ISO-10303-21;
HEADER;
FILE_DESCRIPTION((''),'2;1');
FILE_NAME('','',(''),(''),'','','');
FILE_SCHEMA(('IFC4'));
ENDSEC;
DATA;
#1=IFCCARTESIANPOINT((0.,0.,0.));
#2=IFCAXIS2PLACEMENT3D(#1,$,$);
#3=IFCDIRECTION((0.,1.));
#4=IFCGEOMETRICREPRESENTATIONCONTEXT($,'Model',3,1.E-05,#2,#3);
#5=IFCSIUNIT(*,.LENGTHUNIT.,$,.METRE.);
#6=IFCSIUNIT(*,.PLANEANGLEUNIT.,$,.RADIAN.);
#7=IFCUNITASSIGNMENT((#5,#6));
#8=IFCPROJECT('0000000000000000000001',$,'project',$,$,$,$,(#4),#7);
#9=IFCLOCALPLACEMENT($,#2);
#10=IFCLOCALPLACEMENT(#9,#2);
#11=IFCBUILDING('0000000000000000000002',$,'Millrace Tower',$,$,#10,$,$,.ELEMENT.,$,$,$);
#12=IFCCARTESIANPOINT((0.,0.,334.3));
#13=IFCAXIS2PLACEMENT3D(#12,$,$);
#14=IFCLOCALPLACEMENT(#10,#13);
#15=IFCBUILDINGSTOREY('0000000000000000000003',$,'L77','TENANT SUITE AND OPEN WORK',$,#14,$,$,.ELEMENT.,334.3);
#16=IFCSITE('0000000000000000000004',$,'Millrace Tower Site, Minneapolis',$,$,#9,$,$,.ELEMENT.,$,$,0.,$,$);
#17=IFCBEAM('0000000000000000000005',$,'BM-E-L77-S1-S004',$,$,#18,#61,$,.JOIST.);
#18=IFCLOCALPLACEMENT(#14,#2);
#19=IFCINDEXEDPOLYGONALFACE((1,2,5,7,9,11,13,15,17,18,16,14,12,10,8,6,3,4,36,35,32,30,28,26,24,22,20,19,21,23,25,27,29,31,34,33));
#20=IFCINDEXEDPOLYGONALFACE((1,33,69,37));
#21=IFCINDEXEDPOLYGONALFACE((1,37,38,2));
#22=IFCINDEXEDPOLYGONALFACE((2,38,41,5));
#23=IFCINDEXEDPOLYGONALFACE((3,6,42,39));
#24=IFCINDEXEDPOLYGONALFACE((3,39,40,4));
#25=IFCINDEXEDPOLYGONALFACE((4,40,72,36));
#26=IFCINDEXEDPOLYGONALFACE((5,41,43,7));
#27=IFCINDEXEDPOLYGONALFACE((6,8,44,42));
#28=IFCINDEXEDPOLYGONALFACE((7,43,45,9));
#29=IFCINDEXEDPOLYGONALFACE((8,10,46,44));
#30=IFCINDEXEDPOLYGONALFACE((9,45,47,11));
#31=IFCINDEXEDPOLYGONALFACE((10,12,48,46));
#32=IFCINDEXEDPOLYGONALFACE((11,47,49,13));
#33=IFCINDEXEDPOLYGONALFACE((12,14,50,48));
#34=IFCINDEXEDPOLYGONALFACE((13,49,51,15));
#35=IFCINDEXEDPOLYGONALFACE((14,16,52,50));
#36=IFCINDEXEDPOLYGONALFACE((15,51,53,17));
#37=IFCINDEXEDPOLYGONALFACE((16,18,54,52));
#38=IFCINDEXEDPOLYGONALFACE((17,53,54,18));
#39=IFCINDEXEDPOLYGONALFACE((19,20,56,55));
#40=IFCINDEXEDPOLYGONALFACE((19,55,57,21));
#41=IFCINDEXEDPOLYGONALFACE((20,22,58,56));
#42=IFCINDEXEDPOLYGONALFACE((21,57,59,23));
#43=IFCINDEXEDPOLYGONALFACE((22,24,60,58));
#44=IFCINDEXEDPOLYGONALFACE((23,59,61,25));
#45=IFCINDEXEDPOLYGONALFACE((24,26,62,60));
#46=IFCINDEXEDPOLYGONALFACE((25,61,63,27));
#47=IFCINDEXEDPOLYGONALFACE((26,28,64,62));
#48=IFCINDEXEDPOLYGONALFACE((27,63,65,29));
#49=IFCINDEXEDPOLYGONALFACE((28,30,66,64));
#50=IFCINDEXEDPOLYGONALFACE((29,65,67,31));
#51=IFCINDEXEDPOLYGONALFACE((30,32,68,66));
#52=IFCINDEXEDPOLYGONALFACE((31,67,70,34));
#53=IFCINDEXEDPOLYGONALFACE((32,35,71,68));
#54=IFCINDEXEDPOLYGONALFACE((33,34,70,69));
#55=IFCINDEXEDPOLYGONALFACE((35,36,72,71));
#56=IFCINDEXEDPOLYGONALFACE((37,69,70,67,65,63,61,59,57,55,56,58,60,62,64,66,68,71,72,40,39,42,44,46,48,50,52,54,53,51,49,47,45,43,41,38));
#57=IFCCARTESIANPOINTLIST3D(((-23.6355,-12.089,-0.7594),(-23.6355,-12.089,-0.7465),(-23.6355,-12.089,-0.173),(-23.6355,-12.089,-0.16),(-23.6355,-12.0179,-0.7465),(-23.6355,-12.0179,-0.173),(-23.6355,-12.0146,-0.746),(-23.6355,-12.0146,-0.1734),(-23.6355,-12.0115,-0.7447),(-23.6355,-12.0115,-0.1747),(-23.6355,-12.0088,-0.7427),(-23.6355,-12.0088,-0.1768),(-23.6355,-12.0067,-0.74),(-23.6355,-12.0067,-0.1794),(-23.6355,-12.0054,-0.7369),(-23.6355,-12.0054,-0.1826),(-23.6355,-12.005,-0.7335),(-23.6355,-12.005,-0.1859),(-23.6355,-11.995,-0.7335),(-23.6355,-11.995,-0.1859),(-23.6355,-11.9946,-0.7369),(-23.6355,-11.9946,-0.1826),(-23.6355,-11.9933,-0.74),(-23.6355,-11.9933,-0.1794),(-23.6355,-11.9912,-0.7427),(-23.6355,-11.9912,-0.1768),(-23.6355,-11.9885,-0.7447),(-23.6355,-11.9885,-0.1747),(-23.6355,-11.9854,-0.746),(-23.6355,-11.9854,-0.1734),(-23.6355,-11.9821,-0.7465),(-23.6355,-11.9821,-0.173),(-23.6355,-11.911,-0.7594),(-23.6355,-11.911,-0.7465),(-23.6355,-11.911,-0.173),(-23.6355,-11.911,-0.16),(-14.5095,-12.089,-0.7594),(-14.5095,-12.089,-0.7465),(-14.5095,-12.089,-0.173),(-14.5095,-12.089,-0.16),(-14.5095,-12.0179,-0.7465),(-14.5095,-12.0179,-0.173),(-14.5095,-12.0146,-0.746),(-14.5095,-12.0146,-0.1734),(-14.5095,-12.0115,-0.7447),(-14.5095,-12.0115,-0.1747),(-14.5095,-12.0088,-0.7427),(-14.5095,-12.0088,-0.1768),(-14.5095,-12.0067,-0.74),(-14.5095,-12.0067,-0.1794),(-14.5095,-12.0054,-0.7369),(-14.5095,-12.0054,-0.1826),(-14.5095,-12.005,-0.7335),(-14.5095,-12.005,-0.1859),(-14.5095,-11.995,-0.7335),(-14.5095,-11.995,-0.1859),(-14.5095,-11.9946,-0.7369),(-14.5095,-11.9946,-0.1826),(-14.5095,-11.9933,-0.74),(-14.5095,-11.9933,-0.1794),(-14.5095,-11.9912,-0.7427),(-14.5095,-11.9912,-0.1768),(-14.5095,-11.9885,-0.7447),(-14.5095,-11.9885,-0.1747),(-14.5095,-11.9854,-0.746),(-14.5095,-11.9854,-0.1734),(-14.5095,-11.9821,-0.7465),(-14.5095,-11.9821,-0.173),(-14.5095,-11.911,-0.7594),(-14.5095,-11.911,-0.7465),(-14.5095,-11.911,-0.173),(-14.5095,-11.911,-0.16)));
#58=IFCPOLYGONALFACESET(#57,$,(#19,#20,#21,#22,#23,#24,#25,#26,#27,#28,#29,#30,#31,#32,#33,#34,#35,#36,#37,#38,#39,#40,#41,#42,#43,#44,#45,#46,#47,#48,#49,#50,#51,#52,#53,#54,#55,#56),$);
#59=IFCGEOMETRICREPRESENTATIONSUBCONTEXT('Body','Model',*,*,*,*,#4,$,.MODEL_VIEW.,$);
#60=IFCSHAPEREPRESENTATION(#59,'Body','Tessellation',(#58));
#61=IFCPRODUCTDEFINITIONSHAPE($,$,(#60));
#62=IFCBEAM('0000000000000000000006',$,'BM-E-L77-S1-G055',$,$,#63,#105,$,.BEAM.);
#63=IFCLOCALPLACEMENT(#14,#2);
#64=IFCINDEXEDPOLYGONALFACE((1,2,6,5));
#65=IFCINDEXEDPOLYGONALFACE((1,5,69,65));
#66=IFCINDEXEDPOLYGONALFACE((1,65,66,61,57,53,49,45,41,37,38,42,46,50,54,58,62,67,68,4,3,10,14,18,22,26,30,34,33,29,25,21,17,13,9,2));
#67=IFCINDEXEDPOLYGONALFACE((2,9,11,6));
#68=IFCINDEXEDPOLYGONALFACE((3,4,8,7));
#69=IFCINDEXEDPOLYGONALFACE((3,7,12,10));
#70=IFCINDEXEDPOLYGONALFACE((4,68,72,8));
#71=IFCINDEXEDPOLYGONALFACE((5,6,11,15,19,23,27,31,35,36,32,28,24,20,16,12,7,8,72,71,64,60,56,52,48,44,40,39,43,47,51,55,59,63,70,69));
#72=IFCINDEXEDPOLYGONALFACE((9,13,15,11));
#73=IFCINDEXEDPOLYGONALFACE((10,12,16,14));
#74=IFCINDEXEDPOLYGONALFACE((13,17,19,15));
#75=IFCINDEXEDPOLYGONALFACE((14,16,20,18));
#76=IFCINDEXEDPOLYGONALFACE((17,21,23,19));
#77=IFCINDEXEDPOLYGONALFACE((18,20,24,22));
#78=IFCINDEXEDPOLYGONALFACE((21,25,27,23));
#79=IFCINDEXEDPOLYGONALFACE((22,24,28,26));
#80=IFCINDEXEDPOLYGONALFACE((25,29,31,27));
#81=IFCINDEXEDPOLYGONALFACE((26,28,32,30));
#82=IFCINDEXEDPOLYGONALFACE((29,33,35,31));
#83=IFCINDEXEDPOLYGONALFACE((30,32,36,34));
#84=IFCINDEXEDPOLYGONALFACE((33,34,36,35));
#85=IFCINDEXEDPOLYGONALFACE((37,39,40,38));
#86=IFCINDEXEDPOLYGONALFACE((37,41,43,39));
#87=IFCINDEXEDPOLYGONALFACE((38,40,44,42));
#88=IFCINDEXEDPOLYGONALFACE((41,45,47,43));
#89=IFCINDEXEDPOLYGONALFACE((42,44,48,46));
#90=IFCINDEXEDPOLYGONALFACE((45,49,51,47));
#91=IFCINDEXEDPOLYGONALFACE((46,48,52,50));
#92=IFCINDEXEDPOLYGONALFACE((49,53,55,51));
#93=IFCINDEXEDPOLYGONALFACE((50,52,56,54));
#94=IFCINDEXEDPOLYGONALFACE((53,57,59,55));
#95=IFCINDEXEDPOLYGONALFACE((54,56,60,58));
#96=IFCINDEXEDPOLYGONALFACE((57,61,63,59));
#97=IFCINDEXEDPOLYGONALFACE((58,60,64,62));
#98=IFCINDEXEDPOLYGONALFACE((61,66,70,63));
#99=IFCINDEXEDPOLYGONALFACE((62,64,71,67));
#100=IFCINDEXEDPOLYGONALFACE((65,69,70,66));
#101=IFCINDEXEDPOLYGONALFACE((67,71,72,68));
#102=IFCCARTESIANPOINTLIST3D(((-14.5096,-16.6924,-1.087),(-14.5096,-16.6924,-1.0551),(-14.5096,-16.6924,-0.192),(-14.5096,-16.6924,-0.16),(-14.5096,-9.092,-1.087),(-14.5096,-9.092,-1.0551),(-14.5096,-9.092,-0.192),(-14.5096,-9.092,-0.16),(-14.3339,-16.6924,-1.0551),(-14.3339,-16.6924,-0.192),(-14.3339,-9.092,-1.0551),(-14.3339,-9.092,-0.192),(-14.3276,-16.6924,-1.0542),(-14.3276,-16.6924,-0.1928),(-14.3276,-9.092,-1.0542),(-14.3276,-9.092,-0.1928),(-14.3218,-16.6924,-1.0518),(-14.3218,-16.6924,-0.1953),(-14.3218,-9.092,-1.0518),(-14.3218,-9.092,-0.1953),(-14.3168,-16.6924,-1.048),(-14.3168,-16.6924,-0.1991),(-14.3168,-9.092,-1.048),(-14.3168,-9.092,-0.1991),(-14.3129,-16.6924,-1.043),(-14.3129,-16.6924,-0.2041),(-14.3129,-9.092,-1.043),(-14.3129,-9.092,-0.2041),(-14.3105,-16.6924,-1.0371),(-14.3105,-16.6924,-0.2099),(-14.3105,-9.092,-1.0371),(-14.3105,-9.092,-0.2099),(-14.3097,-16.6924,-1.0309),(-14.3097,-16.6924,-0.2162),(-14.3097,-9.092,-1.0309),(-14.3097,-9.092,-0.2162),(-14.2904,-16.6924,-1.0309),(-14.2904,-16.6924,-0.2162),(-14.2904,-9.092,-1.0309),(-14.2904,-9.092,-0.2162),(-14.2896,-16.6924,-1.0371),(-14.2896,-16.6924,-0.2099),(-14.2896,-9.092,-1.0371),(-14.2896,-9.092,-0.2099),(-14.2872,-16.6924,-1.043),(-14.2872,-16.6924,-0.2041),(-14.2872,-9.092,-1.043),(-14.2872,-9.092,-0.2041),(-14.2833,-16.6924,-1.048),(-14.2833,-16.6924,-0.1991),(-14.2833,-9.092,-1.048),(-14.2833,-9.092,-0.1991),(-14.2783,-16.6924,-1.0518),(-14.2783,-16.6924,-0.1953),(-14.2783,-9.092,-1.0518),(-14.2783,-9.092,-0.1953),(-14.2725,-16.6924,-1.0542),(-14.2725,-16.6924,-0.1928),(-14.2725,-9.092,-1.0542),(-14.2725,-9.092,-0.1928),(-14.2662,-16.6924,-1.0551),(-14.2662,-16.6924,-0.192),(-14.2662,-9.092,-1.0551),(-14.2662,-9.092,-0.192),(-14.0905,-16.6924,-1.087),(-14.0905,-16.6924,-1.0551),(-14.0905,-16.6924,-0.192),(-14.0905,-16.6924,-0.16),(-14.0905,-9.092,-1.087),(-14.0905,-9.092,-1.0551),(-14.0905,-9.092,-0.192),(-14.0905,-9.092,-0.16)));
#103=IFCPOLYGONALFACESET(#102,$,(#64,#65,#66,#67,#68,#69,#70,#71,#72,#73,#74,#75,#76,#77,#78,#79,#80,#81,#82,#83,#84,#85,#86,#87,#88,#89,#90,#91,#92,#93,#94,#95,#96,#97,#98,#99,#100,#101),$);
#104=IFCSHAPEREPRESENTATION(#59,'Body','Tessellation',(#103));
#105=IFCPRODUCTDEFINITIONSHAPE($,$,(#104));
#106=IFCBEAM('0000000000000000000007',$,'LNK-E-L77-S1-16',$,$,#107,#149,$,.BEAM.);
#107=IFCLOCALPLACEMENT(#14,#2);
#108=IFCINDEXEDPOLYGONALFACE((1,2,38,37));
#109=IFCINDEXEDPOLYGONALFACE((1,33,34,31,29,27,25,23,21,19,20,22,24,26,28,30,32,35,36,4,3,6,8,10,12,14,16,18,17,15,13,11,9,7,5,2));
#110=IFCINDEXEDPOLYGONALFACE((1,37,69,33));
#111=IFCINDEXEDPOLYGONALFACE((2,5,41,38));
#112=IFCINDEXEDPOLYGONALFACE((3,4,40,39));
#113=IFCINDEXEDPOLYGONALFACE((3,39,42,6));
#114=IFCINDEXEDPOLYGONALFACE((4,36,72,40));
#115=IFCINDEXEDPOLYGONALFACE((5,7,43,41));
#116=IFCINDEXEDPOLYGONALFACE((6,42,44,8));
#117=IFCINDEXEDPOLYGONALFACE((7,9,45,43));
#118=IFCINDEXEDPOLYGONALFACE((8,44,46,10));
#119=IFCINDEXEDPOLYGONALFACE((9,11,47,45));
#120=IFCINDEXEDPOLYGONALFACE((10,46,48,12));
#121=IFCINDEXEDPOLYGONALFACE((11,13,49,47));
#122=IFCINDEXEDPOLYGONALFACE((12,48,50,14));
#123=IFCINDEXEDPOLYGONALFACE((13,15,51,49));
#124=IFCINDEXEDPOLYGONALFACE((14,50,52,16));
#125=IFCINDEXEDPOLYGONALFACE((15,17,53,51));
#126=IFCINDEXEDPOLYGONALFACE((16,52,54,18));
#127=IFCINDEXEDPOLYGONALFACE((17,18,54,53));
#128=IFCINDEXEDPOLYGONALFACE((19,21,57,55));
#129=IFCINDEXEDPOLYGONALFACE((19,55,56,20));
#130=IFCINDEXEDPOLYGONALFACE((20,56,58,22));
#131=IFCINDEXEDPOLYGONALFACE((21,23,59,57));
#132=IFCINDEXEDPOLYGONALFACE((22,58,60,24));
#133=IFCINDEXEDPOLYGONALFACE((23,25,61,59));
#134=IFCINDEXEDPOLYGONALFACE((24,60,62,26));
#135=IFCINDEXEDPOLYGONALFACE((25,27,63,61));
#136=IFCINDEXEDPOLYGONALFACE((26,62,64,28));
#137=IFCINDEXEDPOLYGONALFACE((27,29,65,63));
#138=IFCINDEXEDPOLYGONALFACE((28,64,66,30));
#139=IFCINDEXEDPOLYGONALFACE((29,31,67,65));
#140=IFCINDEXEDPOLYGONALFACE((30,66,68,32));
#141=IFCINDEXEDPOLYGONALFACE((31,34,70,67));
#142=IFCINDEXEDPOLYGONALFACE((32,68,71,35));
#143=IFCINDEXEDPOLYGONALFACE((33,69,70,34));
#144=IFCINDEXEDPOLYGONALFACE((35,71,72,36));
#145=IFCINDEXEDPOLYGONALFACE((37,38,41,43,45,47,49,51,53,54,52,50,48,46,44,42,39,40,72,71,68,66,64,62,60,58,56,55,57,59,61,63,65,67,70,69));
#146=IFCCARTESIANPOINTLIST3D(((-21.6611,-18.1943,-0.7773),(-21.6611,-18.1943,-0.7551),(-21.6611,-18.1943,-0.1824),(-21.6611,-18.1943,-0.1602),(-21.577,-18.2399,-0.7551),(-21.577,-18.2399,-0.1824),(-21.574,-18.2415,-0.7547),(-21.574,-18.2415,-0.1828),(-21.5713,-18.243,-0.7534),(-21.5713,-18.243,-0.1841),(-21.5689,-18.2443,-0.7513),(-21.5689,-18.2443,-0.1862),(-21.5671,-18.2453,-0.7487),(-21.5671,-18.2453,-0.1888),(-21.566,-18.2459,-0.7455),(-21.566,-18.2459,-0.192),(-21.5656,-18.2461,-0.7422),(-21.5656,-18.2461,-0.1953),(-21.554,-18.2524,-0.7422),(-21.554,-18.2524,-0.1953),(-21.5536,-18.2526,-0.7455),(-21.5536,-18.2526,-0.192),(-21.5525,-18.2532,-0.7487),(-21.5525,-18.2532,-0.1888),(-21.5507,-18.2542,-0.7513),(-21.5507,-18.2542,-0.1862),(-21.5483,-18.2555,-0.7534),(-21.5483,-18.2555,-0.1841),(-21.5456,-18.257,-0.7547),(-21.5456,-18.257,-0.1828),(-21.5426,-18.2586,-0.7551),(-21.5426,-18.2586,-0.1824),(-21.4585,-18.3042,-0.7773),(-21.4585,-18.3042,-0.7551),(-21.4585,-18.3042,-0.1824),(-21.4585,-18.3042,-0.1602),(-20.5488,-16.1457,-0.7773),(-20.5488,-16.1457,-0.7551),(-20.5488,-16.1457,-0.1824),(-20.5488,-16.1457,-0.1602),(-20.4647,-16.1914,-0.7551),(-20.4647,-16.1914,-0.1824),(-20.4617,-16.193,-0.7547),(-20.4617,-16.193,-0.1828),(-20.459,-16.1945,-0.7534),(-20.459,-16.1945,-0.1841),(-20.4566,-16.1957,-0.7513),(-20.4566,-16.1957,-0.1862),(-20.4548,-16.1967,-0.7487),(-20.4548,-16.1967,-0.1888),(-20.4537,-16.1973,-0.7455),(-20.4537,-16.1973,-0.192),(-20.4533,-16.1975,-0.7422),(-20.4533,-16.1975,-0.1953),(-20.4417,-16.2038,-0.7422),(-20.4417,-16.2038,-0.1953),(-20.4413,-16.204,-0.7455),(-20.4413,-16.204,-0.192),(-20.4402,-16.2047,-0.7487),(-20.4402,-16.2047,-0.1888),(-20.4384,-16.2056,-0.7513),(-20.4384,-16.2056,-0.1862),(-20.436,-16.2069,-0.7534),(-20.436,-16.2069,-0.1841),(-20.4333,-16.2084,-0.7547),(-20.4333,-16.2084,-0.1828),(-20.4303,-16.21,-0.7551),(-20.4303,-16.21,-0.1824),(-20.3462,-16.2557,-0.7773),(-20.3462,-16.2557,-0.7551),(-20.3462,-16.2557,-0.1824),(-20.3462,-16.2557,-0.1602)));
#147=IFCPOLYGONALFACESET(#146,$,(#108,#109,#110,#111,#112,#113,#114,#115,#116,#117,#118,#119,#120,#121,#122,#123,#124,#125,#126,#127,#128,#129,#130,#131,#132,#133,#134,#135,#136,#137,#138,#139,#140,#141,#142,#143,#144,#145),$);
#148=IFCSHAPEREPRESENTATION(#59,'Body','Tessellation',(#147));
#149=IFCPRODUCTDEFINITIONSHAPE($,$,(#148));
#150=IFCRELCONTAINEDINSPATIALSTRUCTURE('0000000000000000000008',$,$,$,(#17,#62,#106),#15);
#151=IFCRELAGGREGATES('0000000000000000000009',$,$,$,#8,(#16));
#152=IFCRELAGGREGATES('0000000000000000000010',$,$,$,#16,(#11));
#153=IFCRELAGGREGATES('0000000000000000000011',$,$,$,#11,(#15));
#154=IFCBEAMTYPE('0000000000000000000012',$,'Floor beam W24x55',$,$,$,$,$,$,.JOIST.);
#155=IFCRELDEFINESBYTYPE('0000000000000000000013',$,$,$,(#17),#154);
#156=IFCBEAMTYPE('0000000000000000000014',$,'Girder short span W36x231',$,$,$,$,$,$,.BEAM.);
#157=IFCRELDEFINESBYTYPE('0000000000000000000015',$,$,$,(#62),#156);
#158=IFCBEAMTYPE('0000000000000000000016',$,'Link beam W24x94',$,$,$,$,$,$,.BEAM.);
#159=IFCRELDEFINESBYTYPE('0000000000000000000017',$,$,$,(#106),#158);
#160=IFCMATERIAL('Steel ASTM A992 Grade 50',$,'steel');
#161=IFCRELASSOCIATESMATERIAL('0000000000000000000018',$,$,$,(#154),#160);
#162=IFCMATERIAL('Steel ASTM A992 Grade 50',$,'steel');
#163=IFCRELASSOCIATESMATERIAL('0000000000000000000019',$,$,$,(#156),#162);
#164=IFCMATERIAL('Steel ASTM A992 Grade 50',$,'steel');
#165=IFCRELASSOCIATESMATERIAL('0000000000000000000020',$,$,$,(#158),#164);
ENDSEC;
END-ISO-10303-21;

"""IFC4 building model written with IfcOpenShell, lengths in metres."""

from ifc_helpers import new_model, si_unit, direction, frame, origin, origin_2d, place, context, subcontext, project, spatial, i_section, extrude, material, material_profile, profile_set, type_object, element, save


model = new_model("IFC4")

# Units and contexts
model_context = context("Model", 3, precision=1e-05, world=origin(), true_north=direction((0.0, 1.0)))
body_context = subcontext(model_context, "Body", "Model", "MODEL_VIEW")
ifc_project = project(units=[si_unit("LENGTHUNIT", "METRE"), si_unit("PLANEANGLEUNIT", "RADIAN")], contexts=[model_context])

# Site, building, storey
site_placement = place(None, origin())
site = spatial("IfcSite", under=ifc_project, at=site_placement, Name="Millrace Tower Site, Minneapolis", CompositionType="ELEMENT", RefElevation=0.0)
building_placement = place(site_placement, origin())
building = spatial("IfcBuilding", under=site, at=building_placement, Name="Millrace Tower", CompositionType="ELEMENT")
storey_placement = place(building_placement, frame((0.0, 0.0, 334.3)))
storey = spatial("IfcBuildingStorey", under=building, at=storey_placement, Name="L77", Description="TENANT SUITE AND OPEN WORK", CompositionType="ELEMENT", Elevation=334.3)

# Beams
ifc_material_1 = material(Name="Steel ASTM A992 Grade 50", Category="steel")
ifc_material_profile_1 = material_profile(ifc_material_1, i_section(OverallWidth=0.178, OverallDepth=0.5994, WebThickness=0.01, FlangeThickness=0.0129, FilletRadius=0.0129, at=origin_2d()))
ifc_profile_set_1 = profile_set([ifc_material_profile_1], Name="Steel ASTM A992 Grade 50")
beam_type_1 = type_object("IfcBeamType", Name="Floor beam W24x55", PredefinedType="JOIST", material=ifc_profile_set_1)
beam_1_placement = place(storey_placement, frame((-23.6355, -12.0, -0.4597), z_axis=(1.0, 0.0, 0.0), x_axis=(0.0, 1.0, 0.0)))
element("IfcBeam", 1, at=beam_1_placement, inside=storey, type_object=beam_type_1, Name="BM-E-L77-S1-S004", PredefinedType="JOIST", context=body_context, shape_type="SweptSolid", body=[
    extrude(i_section(OverallWidth=0.178, OverallDepth=0.5994, WebThickness=0.01, FlangeThickness=0.0129, FilletRadius=0.0129, at=origin_2d()), origin(), (0.0, 0.0, 1.0), 9.126),
])
ifc_material_2 = material(Name="Steel ASTM A992 Grade 50", Category="steel")
ifc_material_profile_2 = material_profile(ifc_material_2, i_section(OverallWidth=0.4192, OverallDepth=0.927, WebThickness=0.0193, FlangeThickness=0.032, FilletRadius=0.0242, at=origin_2d()))
ifc_profile_set_2 = profile_set([ifc_material_profile_2], Name="Steel ASTM A992 Grade 50")
beam_type_2 = type_object("IfcBeamType", Name="Girder short span W36x231", PredefinedType="BEAM", material=ifc_profile_set_2)
beam_2_placement = place(storey_placement, frame((-14.3, -16.6924, -0.6235), z_axis=(0.0, 1.0, 0.0), x_axis=(-1.0, 0.0, 0.0)))
element("IfcBeam", 2, at=beam_2_placement, inside=storey, type_object=beam_type_2, Name="BM-E-L77-S1-G055", PredefinedType="BEAM", context=body_context, shape_type="SweptSolid", body=[
    extrude(i_section(OverallWidth=0.4192, OverallDepth=0.927, WebThickness=0.0193, FlangeThickness=0.032, FilletRadius=0.0242, at=origin_2d()), origin(), (0.0, 0.0, 1.0), 7.6003),
])
ifc_material_3 = material(Name="Steel ASTM A992 Grade 50", Category="steel")
ifc_material_profile_3 = material_profile(ifc_material_3, i_section(OverallWidth=0.2305, OverallDepth=0.6172, WebThickness=0.0132, FlangeThickness=0.0222, FilletRadius=0.0129, at=origin_2d()))
ifc_profile_set_3 = profile_set([ifc_material_profile_3], Name="Steel ASTM A992 Grade 50")
beam_type_3 = type_object("IfcBeamType", Name="Link beam W24x94", PredefinedType="BEAM", material=ifc_profile_set_3)
beam_3_placement = place(storey_placement, frame((-20.4475, -16.2007, -0.4688), z_axis=(-0.477164, -0.878815, 0.0), x_axis=(0.878815, -0.477164, 0.0)))
element("IfcBeam", 3, at=beam_3_placement, inside=storey, type_object=beam_type_3, Name="LNK-E-L77-S1-16", PredefinedType="BEAM", context=body_context, shape_type="SweptSolid", body=[
    extrude(i_section(OverallWidth=0.2305, OverallDepth=0.6172, WebThickness=0.0132, FlangeThickness=0.0222, FilletRadius=0.0129, at=origin_2d()), origin(), (0.0, 0.0, 1.0), 2.3311),
])

save(model, "model.ifc")
